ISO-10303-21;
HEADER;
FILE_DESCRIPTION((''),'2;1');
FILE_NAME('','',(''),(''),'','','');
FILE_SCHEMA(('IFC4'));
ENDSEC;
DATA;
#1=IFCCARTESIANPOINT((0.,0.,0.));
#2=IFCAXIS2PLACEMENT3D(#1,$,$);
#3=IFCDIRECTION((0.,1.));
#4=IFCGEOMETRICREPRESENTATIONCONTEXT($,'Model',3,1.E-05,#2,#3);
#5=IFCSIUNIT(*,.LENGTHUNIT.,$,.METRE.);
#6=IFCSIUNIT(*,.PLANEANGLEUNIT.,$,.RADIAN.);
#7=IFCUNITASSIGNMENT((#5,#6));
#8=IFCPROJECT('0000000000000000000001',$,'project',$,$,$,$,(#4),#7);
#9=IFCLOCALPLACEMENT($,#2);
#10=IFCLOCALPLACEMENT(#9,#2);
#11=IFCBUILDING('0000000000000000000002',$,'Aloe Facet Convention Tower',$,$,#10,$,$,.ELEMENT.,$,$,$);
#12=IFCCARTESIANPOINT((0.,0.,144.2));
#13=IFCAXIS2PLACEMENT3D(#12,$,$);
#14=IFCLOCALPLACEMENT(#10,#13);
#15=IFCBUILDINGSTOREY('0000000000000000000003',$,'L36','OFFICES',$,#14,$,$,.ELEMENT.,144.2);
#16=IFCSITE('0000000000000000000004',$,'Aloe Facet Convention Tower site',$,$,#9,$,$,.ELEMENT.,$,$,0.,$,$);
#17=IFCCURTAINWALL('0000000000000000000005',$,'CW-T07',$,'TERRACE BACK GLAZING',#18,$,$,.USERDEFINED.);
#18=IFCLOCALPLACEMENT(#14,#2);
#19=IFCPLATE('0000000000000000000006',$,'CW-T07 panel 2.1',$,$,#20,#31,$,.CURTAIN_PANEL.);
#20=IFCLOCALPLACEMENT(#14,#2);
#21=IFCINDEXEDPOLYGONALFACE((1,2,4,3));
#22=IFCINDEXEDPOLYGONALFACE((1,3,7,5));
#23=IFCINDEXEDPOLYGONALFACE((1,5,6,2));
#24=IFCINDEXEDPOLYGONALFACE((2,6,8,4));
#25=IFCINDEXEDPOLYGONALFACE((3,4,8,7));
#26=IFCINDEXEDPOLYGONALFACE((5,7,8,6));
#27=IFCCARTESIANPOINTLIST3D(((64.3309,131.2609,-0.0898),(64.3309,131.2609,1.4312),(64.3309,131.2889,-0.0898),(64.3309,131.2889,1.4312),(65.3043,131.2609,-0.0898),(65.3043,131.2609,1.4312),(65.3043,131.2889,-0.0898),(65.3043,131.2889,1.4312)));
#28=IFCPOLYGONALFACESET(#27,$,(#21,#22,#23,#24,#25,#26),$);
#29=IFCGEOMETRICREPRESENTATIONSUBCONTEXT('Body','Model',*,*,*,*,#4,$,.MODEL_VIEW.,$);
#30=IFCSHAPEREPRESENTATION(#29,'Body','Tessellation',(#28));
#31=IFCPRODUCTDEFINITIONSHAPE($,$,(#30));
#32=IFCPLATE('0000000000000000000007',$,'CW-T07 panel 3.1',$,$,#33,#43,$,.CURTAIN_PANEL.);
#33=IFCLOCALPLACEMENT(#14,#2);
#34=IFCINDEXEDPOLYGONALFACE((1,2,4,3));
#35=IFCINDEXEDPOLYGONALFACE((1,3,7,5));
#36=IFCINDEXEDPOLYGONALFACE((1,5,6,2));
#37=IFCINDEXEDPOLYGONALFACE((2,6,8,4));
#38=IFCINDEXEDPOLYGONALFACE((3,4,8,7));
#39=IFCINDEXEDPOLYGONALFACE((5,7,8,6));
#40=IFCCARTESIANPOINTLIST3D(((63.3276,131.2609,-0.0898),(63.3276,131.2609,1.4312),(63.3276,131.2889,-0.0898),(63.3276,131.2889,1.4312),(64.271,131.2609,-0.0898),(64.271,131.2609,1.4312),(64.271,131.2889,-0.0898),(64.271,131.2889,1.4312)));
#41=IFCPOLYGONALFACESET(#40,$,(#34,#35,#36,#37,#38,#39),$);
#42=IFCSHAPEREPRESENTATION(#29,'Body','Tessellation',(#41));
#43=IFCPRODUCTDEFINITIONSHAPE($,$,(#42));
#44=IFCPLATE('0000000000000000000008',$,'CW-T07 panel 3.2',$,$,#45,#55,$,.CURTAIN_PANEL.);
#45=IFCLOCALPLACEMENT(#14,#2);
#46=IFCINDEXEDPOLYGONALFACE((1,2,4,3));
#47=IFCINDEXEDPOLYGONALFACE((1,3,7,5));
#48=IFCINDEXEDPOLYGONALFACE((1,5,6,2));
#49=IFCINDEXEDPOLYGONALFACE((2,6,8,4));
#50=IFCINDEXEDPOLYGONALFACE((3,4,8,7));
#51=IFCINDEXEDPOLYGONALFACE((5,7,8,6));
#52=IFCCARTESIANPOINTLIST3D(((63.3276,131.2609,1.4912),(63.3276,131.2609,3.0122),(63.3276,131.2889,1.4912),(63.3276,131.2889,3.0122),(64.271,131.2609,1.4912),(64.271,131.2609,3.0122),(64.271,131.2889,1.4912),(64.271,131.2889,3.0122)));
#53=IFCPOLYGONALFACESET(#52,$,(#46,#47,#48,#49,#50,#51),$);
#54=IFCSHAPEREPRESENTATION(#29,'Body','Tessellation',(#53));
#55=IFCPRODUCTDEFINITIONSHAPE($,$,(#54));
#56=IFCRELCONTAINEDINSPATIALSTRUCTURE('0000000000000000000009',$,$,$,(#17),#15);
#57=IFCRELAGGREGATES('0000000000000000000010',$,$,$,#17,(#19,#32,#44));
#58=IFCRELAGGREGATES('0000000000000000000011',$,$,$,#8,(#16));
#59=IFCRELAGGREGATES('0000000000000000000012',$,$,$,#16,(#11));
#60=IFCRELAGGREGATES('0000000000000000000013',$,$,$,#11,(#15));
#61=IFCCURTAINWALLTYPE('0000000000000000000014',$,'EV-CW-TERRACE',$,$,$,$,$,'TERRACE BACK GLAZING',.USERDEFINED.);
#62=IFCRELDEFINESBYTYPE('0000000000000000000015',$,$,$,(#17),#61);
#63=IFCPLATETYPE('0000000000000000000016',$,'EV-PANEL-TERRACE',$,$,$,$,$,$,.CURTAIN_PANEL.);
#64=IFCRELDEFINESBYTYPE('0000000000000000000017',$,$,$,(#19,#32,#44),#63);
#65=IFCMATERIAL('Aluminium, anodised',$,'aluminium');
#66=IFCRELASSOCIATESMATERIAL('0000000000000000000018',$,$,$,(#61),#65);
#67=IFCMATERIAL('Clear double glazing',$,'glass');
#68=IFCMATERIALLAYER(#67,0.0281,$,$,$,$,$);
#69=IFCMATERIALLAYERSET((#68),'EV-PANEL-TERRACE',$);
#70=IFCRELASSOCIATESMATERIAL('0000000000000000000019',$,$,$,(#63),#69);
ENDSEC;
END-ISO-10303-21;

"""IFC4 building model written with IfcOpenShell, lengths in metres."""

from ifc_helpers import new_model, si_unit, direction, frame, origin, origin_2d, place, context, subcontext, project, spatial, rectangle, extrude, material, layer, layer_set, type_object, element, aggregate, save


model = new_model("IFC4")

# Units and contexts
model_context = context("Model", 3, precision=1e-05, world=origin(), true_north=direction((0.0, 1.0)))
body_context = subcontext(model_context, "Body", "Model", "MODEL_VIEW")
ifc_project = project(units=[si_unit("LENGTHUNIT", "METRE"), si_unit("PLANEANGLEUNIT", "RADIAN")], contexts=[model_context])

# Site, building, storey
site_placement = place(None, origin())
site = spatial("IfcSite", under=ifc_project, at=site_placement, Name="Aloe Facet Convention Tower site", CompositionType="ELEMENT", RefElevation=0.0)
building_placement = place(site_placement, origin())
building = spatial("IfcBuilding", under=site, at=building_placement, Name="Aloe Facet Convention Tower", CompositionType="ELEMENT")
storey_placement = place(building_placement, frame((0.0, 0.0, 144.2)))
storey = spatial("IfcBuildingStorey", under=building, at=storey_placement, Name="L36", Description="OFFICES", CompositionType="ELEMENT", Elevation=144.2)

# Curtain wall
ifc_material_1 = material(Name="Aluminium, anodised", Category="aluminium")
curtain_wall_type = type_object("IfcCurtainWallType", Name="EV-CW-TERRACE", ElementType="TERRACE BACK GLAZING", PredefinedType="USERDEFINED", material=ifc_material_1)
curtain_wall_placement = place(storey_placement, origin())
curtain_wall = element("IfcCurtainWall", 1, at=curtain_wall_placement, inside=storey, type_object=curtain_wall_type, Name="CW-T07", ObjectType="TERRACE BACK GLAZING", PredefinedType="USERDEFINED")

# Plates
ifc_material_2 = material(Name="Clear double glazing", Category="glass")
ifc_layer_1 = layer(ifc_material_2, 0.0281)
ifc_layer_set_1 = layer_set([ifc_layer_1], Name="EV-PANEL-TERRACE")
plate_type = type_object("IfcPlateType", Name="EV-PANEL-TERRACE", PredefinedType="CURTAIN_PANEL", material=ifc_layer_set_1)
plate_1_placement = place(storey_placement, frame((64.8176, 131.2749, -0.0898), z_axis=(0.0, 0.0, 1.0), x_axis=(-1.0, 0.0, 0.0)))
plate_1 = element("IfcPlate", 2, at=plate_1_placement, type_object=plate_type, Name="CW-T07 panel 2.1", PredefinedType="CURTAIN_PANEL", context=body_context, shape_type="SweptSolid", body=[
    extrude(rectangle(XDim=0.9734, YDim=0.0281, at=origin_2d()), origin(), (0.0, 0.0, 1.0), 1.521),
])
plate_2_placement = place(storey_placement, frame((63.7993, 131.2749, -0.0898), z_axis=(0.0, 0.0, 1.0), x_axis=(-1.0, 0.0, 0.0)))
plate_2 = element("IfcPlate", 3, at=plate_2_placement, type_object=plate_type, Name="CW-T07 panel 3.1", PredefinedType="CURTAIN_PANEL", context=body_context, shape_type="SweptSolid", body=[
    extrude(rectangle(XDim=0.9434, YDim=0.0281, at=origin_2d()), origin(), (0.0, 0.0, 1.0), 1.521),
])
plate_3_placement = place(storey_placement, frame((63.7993, 131.2749, 1.4912), z_axis=(0.0, 0.0, 1.0), x_axis=(-1.0, 0.0, 0.0)))
plate_3 = element("IfcPlate", 4, at=plate_3_placement, type_object=plate_type, Name="CW-T07 panel 3.2", PredefinedType="CURTAIN_PANEL", context=body_context, shape_type="SweptSolid", body=[
    extrude(rectangle(XDim=0.9434, YDim=0.0281, at=origin_2d()), origin(), (0.0, 0.0, 1.0), 1.521),
])
aggregate(curtain_wall, [plate_1, plate_2, plate_3])

save(model, "model.ifc")
